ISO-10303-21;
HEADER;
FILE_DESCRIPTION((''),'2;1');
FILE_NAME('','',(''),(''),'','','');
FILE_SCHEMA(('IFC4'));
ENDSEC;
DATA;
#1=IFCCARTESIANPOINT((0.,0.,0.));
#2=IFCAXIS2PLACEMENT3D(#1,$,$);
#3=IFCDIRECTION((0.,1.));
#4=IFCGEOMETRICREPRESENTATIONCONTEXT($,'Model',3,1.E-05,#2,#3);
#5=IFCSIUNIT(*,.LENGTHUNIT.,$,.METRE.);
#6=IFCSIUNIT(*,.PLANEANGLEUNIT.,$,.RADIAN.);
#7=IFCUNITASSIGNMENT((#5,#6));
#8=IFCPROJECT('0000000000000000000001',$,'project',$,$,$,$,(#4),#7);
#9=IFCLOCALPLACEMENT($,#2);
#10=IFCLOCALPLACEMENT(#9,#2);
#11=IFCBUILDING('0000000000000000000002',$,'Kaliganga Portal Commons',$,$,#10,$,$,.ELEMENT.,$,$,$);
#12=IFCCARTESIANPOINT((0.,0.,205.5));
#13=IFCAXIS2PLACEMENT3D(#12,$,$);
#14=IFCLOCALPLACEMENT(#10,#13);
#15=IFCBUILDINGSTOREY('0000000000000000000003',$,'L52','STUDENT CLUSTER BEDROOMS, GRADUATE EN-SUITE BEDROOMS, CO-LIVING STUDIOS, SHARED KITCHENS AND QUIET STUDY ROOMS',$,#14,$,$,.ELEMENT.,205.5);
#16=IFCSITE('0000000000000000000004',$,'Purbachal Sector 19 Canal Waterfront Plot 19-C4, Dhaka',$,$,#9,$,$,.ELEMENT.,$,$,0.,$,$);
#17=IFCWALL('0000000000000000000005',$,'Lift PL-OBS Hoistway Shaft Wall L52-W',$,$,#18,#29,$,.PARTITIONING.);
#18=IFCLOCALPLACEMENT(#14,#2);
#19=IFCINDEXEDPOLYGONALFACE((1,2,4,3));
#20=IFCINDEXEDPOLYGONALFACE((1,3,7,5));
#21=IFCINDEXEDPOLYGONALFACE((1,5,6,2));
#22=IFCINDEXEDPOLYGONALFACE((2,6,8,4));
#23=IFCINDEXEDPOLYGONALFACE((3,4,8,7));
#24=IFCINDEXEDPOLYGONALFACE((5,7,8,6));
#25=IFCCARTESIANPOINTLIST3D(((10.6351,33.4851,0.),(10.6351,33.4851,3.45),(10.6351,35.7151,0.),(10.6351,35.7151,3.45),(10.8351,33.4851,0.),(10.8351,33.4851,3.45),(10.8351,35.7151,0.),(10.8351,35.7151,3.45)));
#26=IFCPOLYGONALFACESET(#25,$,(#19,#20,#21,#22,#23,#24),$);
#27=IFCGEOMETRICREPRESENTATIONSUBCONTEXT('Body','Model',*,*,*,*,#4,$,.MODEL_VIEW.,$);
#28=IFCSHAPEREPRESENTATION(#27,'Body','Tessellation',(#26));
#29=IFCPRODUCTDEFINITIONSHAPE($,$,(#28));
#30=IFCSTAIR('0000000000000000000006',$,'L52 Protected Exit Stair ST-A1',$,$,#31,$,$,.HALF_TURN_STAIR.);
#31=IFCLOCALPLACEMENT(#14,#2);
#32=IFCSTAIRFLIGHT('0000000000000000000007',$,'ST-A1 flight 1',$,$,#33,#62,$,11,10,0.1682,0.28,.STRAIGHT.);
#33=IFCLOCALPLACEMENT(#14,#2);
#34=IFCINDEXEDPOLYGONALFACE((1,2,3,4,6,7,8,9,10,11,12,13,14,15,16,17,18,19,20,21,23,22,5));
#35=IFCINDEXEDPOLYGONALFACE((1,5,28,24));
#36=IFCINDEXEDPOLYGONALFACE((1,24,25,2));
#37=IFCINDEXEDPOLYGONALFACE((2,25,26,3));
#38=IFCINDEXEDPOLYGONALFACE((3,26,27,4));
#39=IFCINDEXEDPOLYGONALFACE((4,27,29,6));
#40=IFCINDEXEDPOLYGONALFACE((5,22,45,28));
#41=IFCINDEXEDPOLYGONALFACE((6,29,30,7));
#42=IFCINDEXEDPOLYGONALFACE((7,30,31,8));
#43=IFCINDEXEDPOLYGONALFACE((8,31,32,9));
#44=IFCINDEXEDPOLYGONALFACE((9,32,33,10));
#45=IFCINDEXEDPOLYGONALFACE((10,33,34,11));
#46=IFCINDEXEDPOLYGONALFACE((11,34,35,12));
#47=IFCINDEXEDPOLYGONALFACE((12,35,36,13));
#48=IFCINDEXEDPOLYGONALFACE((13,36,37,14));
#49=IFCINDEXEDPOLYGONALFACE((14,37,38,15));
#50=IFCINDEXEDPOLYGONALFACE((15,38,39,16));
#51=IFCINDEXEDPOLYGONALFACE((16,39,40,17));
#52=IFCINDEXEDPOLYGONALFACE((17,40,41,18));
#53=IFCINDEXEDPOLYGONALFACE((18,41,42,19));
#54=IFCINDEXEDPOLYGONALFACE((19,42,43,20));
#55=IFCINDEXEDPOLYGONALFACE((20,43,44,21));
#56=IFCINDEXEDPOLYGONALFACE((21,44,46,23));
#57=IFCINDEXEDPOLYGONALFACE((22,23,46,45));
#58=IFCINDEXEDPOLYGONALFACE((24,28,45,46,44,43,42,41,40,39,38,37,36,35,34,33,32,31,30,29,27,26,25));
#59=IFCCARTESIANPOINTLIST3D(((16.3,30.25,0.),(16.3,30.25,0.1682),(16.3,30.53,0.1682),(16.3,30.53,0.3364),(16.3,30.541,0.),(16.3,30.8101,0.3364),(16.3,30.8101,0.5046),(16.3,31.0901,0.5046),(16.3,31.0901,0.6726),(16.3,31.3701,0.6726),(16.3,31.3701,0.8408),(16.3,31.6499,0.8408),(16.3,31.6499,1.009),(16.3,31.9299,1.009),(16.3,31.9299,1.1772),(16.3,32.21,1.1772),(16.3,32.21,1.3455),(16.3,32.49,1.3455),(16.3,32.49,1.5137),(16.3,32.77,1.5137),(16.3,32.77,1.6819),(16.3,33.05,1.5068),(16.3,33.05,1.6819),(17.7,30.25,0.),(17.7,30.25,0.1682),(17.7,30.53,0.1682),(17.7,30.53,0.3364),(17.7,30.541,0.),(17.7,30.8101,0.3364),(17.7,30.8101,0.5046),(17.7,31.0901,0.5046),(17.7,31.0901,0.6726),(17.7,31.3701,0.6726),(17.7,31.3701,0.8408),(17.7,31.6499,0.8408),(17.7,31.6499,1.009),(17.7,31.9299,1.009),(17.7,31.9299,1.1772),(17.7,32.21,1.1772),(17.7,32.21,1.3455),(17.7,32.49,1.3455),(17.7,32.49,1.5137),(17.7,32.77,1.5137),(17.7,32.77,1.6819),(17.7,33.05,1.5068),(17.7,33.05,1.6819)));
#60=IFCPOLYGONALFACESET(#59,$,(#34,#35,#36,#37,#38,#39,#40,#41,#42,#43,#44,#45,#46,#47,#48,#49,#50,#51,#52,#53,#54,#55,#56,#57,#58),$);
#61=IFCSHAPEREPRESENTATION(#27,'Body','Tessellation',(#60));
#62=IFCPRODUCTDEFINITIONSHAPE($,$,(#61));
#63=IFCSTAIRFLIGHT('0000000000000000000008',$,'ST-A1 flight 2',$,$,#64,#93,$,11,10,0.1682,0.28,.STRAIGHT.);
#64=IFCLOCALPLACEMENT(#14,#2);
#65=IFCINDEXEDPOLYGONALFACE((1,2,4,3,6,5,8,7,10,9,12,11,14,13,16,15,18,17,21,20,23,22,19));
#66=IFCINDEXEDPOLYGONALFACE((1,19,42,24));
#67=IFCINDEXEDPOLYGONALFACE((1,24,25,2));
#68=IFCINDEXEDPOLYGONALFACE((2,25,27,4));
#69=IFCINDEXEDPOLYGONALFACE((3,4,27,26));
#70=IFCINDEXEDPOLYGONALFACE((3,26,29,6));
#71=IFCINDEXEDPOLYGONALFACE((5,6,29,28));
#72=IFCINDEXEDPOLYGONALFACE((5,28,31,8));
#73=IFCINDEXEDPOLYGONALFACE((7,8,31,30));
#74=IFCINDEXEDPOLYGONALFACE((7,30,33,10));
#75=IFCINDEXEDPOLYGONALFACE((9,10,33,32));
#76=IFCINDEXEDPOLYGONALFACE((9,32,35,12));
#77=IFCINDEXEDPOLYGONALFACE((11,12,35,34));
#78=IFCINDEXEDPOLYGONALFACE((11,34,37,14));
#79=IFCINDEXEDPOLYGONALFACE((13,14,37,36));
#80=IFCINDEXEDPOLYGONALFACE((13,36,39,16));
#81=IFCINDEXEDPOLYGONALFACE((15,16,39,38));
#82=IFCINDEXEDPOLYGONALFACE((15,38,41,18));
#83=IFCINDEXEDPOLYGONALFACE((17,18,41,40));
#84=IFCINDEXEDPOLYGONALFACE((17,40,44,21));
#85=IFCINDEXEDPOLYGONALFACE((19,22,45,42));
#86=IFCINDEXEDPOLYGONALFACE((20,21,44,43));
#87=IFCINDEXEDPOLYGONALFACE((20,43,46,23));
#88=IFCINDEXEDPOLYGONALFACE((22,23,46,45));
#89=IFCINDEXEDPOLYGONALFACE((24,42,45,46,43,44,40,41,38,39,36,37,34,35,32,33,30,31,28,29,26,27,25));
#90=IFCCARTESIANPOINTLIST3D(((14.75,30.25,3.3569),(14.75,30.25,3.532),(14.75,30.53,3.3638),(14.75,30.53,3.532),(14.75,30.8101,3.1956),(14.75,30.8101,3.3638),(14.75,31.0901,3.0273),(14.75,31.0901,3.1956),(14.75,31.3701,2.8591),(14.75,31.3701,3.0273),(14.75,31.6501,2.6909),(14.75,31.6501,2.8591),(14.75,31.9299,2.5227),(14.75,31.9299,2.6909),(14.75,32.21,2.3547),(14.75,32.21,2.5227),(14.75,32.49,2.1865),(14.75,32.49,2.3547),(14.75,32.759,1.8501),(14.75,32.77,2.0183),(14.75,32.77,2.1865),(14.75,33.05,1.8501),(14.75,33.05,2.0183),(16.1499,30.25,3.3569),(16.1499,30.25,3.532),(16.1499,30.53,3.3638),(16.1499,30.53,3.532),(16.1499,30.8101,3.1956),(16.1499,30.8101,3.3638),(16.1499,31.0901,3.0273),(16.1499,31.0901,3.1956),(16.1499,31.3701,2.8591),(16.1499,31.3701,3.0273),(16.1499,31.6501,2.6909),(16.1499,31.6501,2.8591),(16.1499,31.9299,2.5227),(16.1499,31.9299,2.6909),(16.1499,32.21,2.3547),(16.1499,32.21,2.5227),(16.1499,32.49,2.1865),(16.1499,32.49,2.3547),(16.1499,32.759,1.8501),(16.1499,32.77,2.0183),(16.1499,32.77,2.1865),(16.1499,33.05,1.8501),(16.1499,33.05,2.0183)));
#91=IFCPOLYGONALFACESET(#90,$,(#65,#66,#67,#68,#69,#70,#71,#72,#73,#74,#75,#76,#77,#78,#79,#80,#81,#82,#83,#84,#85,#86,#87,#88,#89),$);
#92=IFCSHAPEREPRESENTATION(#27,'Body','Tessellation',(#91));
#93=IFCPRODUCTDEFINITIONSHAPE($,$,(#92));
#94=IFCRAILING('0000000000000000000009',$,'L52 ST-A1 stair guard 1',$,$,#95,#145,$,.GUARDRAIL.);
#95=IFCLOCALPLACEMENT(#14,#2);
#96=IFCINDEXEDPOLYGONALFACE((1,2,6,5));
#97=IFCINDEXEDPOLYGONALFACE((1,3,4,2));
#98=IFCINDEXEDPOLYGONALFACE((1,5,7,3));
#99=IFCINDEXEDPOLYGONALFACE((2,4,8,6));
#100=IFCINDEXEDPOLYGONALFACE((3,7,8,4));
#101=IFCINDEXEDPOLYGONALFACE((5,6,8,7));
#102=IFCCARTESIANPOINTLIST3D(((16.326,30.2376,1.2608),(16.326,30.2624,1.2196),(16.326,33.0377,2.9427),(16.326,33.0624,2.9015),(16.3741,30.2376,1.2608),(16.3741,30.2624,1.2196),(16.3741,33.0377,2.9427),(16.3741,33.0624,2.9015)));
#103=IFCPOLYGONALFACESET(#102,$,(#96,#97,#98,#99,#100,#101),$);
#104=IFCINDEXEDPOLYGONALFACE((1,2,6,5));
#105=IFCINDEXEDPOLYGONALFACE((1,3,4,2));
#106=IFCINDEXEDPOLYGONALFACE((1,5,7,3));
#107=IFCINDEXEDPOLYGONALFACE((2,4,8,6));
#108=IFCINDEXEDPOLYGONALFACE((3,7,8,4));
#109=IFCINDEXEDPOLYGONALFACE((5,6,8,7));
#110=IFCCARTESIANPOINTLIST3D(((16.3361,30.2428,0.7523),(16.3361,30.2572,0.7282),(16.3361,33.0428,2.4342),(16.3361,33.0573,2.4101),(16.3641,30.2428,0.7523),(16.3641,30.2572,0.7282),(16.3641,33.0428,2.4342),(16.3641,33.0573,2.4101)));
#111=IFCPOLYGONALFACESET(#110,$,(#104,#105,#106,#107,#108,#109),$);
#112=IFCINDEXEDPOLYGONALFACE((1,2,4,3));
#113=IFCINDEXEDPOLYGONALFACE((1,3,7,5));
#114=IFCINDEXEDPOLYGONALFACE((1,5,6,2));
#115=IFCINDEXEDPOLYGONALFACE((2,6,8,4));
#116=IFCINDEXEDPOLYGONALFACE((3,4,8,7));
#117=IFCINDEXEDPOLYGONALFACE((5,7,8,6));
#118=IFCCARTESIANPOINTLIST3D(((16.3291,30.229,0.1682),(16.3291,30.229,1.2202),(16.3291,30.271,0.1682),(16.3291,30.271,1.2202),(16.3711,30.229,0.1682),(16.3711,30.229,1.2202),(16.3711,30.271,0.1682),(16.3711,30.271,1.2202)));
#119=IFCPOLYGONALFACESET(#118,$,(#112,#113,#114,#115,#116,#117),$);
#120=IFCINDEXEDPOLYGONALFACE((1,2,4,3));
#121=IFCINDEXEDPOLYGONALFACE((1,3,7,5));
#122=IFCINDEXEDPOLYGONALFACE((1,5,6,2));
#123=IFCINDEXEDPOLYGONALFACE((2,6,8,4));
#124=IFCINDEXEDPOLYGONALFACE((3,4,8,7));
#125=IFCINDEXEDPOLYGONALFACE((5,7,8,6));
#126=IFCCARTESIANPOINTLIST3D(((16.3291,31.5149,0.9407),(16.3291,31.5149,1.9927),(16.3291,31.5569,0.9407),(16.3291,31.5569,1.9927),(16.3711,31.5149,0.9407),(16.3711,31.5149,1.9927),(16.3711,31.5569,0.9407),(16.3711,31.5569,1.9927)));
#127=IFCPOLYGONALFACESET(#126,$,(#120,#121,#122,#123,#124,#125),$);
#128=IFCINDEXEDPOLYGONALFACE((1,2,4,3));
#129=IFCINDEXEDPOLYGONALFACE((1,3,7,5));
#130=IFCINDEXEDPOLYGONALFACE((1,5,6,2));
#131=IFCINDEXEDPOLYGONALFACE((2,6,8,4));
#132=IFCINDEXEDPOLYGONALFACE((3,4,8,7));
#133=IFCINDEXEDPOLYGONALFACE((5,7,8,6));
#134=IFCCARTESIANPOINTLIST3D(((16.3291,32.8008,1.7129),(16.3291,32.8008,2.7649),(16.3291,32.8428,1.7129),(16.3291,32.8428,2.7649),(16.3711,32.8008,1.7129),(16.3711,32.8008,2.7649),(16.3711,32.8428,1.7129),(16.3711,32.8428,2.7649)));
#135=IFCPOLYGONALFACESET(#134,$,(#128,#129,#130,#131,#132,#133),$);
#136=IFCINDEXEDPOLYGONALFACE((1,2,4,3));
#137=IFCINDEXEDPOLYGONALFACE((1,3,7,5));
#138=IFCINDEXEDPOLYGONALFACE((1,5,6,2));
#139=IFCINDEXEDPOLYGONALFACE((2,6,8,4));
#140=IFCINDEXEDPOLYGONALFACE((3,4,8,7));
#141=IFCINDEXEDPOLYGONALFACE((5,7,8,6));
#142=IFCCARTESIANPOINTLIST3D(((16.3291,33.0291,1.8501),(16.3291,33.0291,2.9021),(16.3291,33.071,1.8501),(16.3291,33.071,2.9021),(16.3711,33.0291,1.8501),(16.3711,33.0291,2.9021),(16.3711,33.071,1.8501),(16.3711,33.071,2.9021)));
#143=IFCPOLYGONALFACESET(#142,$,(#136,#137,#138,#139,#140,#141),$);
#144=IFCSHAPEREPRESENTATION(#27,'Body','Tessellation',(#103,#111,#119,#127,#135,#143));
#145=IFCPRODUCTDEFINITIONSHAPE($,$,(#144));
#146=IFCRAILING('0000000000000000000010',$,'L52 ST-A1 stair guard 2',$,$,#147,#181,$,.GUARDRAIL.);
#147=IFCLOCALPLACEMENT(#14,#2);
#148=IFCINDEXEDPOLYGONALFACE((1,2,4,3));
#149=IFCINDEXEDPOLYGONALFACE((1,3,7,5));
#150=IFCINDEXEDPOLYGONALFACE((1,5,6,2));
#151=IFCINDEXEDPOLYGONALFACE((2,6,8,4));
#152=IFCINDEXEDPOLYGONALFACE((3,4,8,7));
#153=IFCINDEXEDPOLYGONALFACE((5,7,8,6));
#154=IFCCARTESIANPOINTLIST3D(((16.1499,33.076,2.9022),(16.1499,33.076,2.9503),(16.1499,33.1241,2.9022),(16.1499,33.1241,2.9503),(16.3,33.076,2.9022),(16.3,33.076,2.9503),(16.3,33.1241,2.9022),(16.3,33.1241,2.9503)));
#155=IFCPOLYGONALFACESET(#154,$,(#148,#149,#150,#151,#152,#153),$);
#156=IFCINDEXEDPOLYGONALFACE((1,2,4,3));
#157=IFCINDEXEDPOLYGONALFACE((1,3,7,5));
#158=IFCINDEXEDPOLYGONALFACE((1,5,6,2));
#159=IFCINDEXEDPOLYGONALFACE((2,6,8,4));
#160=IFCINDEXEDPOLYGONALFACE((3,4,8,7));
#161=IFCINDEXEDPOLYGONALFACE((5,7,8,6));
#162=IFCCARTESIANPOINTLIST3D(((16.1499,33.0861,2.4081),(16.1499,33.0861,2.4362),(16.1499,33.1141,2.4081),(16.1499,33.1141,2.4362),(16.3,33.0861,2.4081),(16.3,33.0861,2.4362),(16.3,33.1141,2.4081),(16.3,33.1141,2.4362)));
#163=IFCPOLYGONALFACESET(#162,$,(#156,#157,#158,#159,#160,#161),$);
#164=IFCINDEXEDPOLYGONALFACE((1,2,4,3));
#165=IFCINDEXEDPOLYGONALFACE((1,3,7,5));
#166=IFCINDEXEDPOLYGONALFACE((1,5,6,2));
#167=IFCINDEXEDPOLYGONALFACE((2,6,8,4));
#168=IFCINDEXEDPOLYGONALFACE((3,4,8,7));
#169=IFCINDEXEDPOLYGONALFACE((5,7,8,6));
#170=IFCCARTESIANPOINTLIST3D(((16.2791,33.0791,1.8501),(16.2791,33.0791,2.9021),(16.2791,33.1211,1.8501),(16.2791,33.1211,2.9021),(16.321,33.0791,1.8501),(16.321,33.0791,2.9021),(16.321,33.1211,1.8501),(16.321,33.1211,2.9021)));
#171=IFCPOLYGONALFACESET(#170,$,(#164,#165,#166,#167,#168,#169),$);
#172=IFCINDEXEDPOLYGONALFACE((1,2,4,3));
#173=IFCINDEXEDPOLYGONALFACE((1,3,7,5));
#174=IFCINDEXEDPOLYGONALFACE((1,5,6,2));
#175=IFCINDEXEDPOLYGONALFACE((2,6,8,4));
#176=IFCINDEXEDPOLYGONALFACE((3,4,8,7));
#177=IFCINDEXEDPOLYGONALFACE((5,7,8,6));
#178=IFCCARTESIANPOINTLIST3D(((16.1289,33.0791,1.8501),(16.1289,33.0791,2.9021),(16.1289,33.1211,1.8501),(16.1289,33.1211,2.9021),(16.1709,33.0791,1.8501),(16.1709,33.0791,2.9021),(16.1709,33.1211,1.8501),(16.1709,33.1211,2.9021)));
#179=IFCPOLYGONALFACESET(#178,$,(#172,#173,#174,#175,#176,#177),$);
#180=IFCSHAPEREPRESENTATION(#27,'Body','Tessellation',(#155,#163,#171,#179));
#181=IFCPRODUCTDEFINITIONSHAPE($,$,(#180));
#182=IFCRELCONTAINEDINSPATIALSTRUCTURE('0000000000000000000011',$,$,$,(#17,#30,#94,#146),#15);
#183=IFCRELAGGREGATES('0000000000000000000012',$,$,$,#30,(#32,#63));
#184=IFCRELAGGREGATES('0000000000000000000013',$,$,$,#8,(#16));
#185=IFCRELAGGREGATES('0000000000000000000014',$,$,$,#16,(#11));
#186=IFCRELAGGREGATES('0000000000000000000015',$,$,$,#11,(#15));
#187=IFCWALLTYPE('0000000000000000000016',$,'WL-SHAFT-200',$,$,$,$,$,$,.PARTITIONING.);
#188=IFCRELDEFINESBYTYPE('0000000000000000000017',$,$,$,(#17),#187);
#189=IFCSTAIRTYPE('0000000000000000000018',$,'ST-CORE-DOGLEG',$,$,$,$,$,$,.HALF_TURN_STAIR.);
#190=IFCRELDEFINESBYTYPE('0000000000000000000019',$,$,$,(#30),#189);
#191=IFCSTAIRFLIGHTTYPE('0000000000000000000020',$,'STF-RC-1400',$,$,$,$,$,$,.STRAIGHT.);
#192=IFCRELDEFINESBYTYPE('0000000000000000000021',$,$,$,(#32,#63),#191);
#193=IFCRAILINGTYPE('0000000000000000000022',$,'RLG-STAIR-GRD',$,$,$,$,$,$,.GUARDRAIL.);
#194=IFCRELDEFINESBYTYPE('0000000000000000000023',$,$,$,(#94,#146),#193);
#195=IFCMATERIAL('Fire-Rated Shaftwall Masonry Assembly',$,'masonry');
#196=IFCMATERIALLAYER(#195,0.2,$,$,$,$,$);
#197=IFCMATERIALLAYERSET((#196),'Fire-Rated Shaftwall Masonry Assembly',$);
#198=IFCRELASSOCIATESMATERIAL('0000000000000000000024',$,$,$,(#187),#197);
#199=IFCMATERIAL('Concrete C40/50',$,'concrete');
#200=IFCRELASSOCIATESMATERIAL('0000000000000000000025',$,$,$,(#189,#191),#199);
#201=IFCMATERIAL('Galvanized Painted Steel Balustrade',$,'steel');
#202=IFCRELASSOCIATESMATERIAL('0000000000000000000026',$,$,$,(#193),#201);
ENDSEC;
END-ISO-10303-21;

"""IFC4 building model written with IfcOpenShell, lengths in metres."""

from ifc_helpers import new_model, si_unit, direction, frame, frame_2d, origin, origin_2d, place, context, subcontext, project, spatial, polyline, rectangle, outline, extrude, material, layer, layer_set, type_object, element, aggregate, save


model = new_model("IFC4")

# Units and contexts
model_context = context("Model", 3, precision=1e-05, world=origin(), true_north=direction((0.0, 1.0)))
body_context = subcontext(model_context, "Body", "Model", "MODEL_VIEW")
ifc_project = project(units=[si_unit("LENGTHUNIT", "METRE"), si_unit("PLANEANGLEUNIT", "RADIAN")], contexts=[model_context])

# Site, building, storey
site_placement = place(None, origin())
site = spatial("IfcSite", under=ifc_project, at=site_placement, Name="Purbachal Sector 19 Canal Waterfront Plot 19-C4, Dhaka", CompositionType="ELEMENT", RefElevation=0.0)
building_placement = place(site_placement, origin())
building = spatial("IfcBuilding", under=site, at=building_placement, Name="Kaliganga Portal Commons", CompositionType="ELEMENT")
storey_placement = place(building_placement, frame((0.0, 0.0, 205.5)))
storey = spatial("IfcBuildingStorey", under=building, at=storey_placement, Name="L52", Description="STUDENT CLUSTER BEDROOMS, GRADUATE EN-SUITE BEDROOMS, CO-LIVING STUDIOS, SHARED KITCHENS AND QUIET STUDY ROOMS", CompositionType="ELEMENT", Elevation=205.5)

# Shared definitions
ifc_material_1 = material(Name="Fire-Rated Shaftwall Masonry Assembly", Category="masonry")
ifc_layer_1 = layer(ifc_material_1, 0.2)
ifc_layer_set_1 = layer_set([ifc_layer_1], Name="Fire-Rated Shaftwall Masonry Assembly")
wall_type_1 = type_object("IfcWallType", Name="WL-SHAFT-200", PredefinedType="PARTITIONING", material=ifc_layer_set_1)

# Wall
for number, where, z_axis, x_axis, name in (
    (1, (10.7351, 33.4851, 0.0), (0.0, 0.0, 1.0), (0.0, 1.0, 0.0), "Lift PL-OBS Hoistway Shaft Wall L52-W"),
):
    element("IfcWall", number, at=place(storey_placement, frame(where, z_axis=z_axis, x_axis=x_axis)), inside=storey, type_object=wall_type_1, Name=name, PredefinedType="PARTITIONING", context=body_context, shape_type="SweptSolid", body=[
        extrude(rectangle(XDim=2.23, YDim=0.2, at=frame_2d((1.115, 0.0))), origin(), (0.0, 0.0, 1.0), 3.45),
    ])

# Stair, stair flights
ifc_material_2 = material(Name="Concrete C40/50", Category="concrete")
stair_type = type_object("IfcStairType", Name="ST-CORE-DOGLEG", PredefinedType="HALF_TURN_STAIR", material=ifc_material_2)
stair_placement = place(storey_placement, origin())
stair = element("IfcStair", 2, at=stair_placement, inside=storey, type_object=stair_type, Name="L52 Protected Exit Stair ST-A1", PredefinedType="HALF_TURN_STAIR")
stair_flight_type = type_object("IfcStairFlightType", Name="STF-RC-1400", PredefinedType="STRAIGHT", material=ifc_material_2)
stair_flight_1_placement = place(storey_placement, frame((17.0, 30.25, 0.0), z_axis=(0.0, 0.0, 1.0), x_axis=(0.0, 1.0, 0.0)))
stair_flight_1 = element("IfcStairFlight", 3, at=stair_flight_1_placement, type_object=stair_flight_type, Name="ST-A1 flight 1", NumberOfRisers=11, NumberOfTreads=10, PredefinedType="STRAIGHT", RiserHeight=0.1682, TreadLength=0.28, context=body_context, shape_type="SweptSolid", body=[
    extrude(outline(polyline([(0.0, 0.0), (0.0, 0.1682), (0.28, 0.1682), (0.28, 0.3364), (0.5601, 0.3364), (0.5601, 0.5046), (0.8401, 0.5046), (0.8401, 0.6726), (1.1201, 0.6726), (1.1201, 0.8408), (1.3999, 0.8408), (1.3999, 1.009), (1.6799, 1.009), (1.6799, 1.1772), (1.96, 1.1772), (1.96, 1.3455), (2.24, 1.3455), (2.24, 1.5137), (2.52, 1.5137), (2.52, 1.6819), (2.8, 1.6819), (2.8, 1.8501), (2.8, 1.5068), (0.291, 0.0), (0.0, 0.0)])), frame((0.0, 0.7, 0.0), z_axis=(0.0, -1.0, 0.0), x_axis=(1.0, 0.0, 0.0)), (0.0, 0.0, 1.0), 1.3999),
])
stair_flight_2_placement = place(storey_placement, frame((15.45, 33.05, 1.8501), z_axis=(0.0, 0.0, 1.0), x_axis=(0.0, -1.0, 0.0)))
stair_flight_2 = element("IfcStairFlight", 4, at=stair_flight_2_placement, type_object=stair_flight_type, Name="ST-A1 flight 2", NumberOfRisers=11, NumberOfTreads=10, PredefinedType="STRAIGHT", RiserHeight=0.1682, TreadLength=0.28, context=body_context, shape_type="SweptSolid", body=[
    extrude(outline(polyline([(0.0, 0.0), (0.0, 0.1682), (0.28, 0.1682), (0.28, 0.3364), (0.5601, 0.3364), (0.5601, 0.5046), (0.8401, 0.5046), (0.8401, 0.6726), (1.1201, 0.6726), (1.1201, 0.8408), (1.3999, 0.8408), (1.3999, 1.009), (1.6799, 1.009), (1.6799, 1.1772), (1.96, 1.1772), (1.96, 1.3455), (2.24, 1.3455), (2.24, 1.5137), (2.52, 1.5137), (2.52, 1.6819), (2.8, 1.6819), (2.8, 1.8501), (2.8, 1.5068), (0.291, 0.0), (0.0, 0.0)])), frame((0.0, 0.7, 0.0), z_axis=(0.0, -1.0, 0.0), x_axis=(1.0, 0.0, 0.0)), (0.0, 0.0, 1.0), 1.3999),
])
aggregate(stair, [stair_flight_1, stair_flight_2])

# Railings
ifc_material_3 = material(Name="Galvanized Painted Steel Balustrade", Category="steel")
railing_type_1 = type_object("IfcRailingType", Name="RLG-STAIR-GRD", PredefinedType="GUARDRAIL", material=ifc_material_3)
railing_1_placement = place(storey_placement, frame((16.3501, 30.25, 0.1682)))
element("IfcRailing", 5, at=railing_1_placement, inside=storey, type_object=railing_type_1, Name="L52 ST-A1 stair guard 1", PredefinedType="GUARDRAIL", context=body_context, shape_type="SweptSolid", body=[
    extrude(rectangle(XDim=0.0481, YDim=0.0481, at=origin_2d()), frame((0.0, 0.0, 1.072), z_axis=(0.0, 0.857242, 0.514913), x_axis=(-1.0, 0.0, 0.0)), (0.0, 0.0, 1.0), 3.2664),
    extrude(rectangle(XDim=0.0281, YDim=0.0281, at=origin_2d()), frame((0.0, 0.0, 0.572), z_axis=(0.0, 0.857242, 0.514913), x_axis=(-1.0, 0.0, 0.0)), (0.0, 0.0, 1.0), 3.2664),
    extrude(rectangle(XDim=0.042, YDim=0.042, at=origin_2d()), origin(), (0.0, 0.0, 1.0), 1.052),
    extrude(rectangle(XDim=0.042, YDim=0.042, at=origin_2d()), frame((0.0, 1.2859, 0.7725)), (0.0, 0.0, 1.0), 1.052),
    extrude(rectangle(XDim=0.042, YDim=0.042, at=origin_2d()), frame((0.0, 2.5718, 1.5447)), (0.0, 0.0, 1.0), 1.052),
    extrude(rectangle(XDim=0.042, YDim=0.042, at=origin_2d()), frame((0.0, 2.8, 1.6819)), (0.0, 0.0, 1.0), 1.052),
])
railing_2_placement = place(storey_placement, frame((16.3, 33.1001, 1.8501)))
element("IfcRailing", 6, at=railing_2_placement, inside=storey, type_object=railing_type_1, Name="L52 ST-A1 stair guard 2", PredefinedType="GUARDRAIL", context=body_context, shape_type="SweptSolid", body=[
    extrude(rectangle(XDim=0.0481, YDim=0.0481, at=origin_2d()), frame((0.0, 0.0, 1.0762), z_axis=(-1.0, 0.0, 0.0), x_axis=(0.0, -1.0, 0.0)), (0.0, 0.0, 1.0), 0.1501),
    extrude(rectangle(XDim=0.0281, YDim=0.0281, at=origin_2d()), frame((0.0, 0.0, 0.572), z_axis=(-1.0, 0.0, 0.0), x_axis=(0.0, -1.0, 0.0)), (0.0, 0.0, 1.0), 0.1501),
    extrude(rectangle(XDim=0.042, YDim=0.042, at=origin_2d()), origin(), (0.0, 0.0, 1.0), 1.052),
    extrude(rectangle(XDim=0.042, YDim=0.042, at=origin_2d()), frame((-0.1501, 0.0, 0.0)), (0.0, 0.0, 1.0), 1.052),
])

save(model, "model.ifc")
